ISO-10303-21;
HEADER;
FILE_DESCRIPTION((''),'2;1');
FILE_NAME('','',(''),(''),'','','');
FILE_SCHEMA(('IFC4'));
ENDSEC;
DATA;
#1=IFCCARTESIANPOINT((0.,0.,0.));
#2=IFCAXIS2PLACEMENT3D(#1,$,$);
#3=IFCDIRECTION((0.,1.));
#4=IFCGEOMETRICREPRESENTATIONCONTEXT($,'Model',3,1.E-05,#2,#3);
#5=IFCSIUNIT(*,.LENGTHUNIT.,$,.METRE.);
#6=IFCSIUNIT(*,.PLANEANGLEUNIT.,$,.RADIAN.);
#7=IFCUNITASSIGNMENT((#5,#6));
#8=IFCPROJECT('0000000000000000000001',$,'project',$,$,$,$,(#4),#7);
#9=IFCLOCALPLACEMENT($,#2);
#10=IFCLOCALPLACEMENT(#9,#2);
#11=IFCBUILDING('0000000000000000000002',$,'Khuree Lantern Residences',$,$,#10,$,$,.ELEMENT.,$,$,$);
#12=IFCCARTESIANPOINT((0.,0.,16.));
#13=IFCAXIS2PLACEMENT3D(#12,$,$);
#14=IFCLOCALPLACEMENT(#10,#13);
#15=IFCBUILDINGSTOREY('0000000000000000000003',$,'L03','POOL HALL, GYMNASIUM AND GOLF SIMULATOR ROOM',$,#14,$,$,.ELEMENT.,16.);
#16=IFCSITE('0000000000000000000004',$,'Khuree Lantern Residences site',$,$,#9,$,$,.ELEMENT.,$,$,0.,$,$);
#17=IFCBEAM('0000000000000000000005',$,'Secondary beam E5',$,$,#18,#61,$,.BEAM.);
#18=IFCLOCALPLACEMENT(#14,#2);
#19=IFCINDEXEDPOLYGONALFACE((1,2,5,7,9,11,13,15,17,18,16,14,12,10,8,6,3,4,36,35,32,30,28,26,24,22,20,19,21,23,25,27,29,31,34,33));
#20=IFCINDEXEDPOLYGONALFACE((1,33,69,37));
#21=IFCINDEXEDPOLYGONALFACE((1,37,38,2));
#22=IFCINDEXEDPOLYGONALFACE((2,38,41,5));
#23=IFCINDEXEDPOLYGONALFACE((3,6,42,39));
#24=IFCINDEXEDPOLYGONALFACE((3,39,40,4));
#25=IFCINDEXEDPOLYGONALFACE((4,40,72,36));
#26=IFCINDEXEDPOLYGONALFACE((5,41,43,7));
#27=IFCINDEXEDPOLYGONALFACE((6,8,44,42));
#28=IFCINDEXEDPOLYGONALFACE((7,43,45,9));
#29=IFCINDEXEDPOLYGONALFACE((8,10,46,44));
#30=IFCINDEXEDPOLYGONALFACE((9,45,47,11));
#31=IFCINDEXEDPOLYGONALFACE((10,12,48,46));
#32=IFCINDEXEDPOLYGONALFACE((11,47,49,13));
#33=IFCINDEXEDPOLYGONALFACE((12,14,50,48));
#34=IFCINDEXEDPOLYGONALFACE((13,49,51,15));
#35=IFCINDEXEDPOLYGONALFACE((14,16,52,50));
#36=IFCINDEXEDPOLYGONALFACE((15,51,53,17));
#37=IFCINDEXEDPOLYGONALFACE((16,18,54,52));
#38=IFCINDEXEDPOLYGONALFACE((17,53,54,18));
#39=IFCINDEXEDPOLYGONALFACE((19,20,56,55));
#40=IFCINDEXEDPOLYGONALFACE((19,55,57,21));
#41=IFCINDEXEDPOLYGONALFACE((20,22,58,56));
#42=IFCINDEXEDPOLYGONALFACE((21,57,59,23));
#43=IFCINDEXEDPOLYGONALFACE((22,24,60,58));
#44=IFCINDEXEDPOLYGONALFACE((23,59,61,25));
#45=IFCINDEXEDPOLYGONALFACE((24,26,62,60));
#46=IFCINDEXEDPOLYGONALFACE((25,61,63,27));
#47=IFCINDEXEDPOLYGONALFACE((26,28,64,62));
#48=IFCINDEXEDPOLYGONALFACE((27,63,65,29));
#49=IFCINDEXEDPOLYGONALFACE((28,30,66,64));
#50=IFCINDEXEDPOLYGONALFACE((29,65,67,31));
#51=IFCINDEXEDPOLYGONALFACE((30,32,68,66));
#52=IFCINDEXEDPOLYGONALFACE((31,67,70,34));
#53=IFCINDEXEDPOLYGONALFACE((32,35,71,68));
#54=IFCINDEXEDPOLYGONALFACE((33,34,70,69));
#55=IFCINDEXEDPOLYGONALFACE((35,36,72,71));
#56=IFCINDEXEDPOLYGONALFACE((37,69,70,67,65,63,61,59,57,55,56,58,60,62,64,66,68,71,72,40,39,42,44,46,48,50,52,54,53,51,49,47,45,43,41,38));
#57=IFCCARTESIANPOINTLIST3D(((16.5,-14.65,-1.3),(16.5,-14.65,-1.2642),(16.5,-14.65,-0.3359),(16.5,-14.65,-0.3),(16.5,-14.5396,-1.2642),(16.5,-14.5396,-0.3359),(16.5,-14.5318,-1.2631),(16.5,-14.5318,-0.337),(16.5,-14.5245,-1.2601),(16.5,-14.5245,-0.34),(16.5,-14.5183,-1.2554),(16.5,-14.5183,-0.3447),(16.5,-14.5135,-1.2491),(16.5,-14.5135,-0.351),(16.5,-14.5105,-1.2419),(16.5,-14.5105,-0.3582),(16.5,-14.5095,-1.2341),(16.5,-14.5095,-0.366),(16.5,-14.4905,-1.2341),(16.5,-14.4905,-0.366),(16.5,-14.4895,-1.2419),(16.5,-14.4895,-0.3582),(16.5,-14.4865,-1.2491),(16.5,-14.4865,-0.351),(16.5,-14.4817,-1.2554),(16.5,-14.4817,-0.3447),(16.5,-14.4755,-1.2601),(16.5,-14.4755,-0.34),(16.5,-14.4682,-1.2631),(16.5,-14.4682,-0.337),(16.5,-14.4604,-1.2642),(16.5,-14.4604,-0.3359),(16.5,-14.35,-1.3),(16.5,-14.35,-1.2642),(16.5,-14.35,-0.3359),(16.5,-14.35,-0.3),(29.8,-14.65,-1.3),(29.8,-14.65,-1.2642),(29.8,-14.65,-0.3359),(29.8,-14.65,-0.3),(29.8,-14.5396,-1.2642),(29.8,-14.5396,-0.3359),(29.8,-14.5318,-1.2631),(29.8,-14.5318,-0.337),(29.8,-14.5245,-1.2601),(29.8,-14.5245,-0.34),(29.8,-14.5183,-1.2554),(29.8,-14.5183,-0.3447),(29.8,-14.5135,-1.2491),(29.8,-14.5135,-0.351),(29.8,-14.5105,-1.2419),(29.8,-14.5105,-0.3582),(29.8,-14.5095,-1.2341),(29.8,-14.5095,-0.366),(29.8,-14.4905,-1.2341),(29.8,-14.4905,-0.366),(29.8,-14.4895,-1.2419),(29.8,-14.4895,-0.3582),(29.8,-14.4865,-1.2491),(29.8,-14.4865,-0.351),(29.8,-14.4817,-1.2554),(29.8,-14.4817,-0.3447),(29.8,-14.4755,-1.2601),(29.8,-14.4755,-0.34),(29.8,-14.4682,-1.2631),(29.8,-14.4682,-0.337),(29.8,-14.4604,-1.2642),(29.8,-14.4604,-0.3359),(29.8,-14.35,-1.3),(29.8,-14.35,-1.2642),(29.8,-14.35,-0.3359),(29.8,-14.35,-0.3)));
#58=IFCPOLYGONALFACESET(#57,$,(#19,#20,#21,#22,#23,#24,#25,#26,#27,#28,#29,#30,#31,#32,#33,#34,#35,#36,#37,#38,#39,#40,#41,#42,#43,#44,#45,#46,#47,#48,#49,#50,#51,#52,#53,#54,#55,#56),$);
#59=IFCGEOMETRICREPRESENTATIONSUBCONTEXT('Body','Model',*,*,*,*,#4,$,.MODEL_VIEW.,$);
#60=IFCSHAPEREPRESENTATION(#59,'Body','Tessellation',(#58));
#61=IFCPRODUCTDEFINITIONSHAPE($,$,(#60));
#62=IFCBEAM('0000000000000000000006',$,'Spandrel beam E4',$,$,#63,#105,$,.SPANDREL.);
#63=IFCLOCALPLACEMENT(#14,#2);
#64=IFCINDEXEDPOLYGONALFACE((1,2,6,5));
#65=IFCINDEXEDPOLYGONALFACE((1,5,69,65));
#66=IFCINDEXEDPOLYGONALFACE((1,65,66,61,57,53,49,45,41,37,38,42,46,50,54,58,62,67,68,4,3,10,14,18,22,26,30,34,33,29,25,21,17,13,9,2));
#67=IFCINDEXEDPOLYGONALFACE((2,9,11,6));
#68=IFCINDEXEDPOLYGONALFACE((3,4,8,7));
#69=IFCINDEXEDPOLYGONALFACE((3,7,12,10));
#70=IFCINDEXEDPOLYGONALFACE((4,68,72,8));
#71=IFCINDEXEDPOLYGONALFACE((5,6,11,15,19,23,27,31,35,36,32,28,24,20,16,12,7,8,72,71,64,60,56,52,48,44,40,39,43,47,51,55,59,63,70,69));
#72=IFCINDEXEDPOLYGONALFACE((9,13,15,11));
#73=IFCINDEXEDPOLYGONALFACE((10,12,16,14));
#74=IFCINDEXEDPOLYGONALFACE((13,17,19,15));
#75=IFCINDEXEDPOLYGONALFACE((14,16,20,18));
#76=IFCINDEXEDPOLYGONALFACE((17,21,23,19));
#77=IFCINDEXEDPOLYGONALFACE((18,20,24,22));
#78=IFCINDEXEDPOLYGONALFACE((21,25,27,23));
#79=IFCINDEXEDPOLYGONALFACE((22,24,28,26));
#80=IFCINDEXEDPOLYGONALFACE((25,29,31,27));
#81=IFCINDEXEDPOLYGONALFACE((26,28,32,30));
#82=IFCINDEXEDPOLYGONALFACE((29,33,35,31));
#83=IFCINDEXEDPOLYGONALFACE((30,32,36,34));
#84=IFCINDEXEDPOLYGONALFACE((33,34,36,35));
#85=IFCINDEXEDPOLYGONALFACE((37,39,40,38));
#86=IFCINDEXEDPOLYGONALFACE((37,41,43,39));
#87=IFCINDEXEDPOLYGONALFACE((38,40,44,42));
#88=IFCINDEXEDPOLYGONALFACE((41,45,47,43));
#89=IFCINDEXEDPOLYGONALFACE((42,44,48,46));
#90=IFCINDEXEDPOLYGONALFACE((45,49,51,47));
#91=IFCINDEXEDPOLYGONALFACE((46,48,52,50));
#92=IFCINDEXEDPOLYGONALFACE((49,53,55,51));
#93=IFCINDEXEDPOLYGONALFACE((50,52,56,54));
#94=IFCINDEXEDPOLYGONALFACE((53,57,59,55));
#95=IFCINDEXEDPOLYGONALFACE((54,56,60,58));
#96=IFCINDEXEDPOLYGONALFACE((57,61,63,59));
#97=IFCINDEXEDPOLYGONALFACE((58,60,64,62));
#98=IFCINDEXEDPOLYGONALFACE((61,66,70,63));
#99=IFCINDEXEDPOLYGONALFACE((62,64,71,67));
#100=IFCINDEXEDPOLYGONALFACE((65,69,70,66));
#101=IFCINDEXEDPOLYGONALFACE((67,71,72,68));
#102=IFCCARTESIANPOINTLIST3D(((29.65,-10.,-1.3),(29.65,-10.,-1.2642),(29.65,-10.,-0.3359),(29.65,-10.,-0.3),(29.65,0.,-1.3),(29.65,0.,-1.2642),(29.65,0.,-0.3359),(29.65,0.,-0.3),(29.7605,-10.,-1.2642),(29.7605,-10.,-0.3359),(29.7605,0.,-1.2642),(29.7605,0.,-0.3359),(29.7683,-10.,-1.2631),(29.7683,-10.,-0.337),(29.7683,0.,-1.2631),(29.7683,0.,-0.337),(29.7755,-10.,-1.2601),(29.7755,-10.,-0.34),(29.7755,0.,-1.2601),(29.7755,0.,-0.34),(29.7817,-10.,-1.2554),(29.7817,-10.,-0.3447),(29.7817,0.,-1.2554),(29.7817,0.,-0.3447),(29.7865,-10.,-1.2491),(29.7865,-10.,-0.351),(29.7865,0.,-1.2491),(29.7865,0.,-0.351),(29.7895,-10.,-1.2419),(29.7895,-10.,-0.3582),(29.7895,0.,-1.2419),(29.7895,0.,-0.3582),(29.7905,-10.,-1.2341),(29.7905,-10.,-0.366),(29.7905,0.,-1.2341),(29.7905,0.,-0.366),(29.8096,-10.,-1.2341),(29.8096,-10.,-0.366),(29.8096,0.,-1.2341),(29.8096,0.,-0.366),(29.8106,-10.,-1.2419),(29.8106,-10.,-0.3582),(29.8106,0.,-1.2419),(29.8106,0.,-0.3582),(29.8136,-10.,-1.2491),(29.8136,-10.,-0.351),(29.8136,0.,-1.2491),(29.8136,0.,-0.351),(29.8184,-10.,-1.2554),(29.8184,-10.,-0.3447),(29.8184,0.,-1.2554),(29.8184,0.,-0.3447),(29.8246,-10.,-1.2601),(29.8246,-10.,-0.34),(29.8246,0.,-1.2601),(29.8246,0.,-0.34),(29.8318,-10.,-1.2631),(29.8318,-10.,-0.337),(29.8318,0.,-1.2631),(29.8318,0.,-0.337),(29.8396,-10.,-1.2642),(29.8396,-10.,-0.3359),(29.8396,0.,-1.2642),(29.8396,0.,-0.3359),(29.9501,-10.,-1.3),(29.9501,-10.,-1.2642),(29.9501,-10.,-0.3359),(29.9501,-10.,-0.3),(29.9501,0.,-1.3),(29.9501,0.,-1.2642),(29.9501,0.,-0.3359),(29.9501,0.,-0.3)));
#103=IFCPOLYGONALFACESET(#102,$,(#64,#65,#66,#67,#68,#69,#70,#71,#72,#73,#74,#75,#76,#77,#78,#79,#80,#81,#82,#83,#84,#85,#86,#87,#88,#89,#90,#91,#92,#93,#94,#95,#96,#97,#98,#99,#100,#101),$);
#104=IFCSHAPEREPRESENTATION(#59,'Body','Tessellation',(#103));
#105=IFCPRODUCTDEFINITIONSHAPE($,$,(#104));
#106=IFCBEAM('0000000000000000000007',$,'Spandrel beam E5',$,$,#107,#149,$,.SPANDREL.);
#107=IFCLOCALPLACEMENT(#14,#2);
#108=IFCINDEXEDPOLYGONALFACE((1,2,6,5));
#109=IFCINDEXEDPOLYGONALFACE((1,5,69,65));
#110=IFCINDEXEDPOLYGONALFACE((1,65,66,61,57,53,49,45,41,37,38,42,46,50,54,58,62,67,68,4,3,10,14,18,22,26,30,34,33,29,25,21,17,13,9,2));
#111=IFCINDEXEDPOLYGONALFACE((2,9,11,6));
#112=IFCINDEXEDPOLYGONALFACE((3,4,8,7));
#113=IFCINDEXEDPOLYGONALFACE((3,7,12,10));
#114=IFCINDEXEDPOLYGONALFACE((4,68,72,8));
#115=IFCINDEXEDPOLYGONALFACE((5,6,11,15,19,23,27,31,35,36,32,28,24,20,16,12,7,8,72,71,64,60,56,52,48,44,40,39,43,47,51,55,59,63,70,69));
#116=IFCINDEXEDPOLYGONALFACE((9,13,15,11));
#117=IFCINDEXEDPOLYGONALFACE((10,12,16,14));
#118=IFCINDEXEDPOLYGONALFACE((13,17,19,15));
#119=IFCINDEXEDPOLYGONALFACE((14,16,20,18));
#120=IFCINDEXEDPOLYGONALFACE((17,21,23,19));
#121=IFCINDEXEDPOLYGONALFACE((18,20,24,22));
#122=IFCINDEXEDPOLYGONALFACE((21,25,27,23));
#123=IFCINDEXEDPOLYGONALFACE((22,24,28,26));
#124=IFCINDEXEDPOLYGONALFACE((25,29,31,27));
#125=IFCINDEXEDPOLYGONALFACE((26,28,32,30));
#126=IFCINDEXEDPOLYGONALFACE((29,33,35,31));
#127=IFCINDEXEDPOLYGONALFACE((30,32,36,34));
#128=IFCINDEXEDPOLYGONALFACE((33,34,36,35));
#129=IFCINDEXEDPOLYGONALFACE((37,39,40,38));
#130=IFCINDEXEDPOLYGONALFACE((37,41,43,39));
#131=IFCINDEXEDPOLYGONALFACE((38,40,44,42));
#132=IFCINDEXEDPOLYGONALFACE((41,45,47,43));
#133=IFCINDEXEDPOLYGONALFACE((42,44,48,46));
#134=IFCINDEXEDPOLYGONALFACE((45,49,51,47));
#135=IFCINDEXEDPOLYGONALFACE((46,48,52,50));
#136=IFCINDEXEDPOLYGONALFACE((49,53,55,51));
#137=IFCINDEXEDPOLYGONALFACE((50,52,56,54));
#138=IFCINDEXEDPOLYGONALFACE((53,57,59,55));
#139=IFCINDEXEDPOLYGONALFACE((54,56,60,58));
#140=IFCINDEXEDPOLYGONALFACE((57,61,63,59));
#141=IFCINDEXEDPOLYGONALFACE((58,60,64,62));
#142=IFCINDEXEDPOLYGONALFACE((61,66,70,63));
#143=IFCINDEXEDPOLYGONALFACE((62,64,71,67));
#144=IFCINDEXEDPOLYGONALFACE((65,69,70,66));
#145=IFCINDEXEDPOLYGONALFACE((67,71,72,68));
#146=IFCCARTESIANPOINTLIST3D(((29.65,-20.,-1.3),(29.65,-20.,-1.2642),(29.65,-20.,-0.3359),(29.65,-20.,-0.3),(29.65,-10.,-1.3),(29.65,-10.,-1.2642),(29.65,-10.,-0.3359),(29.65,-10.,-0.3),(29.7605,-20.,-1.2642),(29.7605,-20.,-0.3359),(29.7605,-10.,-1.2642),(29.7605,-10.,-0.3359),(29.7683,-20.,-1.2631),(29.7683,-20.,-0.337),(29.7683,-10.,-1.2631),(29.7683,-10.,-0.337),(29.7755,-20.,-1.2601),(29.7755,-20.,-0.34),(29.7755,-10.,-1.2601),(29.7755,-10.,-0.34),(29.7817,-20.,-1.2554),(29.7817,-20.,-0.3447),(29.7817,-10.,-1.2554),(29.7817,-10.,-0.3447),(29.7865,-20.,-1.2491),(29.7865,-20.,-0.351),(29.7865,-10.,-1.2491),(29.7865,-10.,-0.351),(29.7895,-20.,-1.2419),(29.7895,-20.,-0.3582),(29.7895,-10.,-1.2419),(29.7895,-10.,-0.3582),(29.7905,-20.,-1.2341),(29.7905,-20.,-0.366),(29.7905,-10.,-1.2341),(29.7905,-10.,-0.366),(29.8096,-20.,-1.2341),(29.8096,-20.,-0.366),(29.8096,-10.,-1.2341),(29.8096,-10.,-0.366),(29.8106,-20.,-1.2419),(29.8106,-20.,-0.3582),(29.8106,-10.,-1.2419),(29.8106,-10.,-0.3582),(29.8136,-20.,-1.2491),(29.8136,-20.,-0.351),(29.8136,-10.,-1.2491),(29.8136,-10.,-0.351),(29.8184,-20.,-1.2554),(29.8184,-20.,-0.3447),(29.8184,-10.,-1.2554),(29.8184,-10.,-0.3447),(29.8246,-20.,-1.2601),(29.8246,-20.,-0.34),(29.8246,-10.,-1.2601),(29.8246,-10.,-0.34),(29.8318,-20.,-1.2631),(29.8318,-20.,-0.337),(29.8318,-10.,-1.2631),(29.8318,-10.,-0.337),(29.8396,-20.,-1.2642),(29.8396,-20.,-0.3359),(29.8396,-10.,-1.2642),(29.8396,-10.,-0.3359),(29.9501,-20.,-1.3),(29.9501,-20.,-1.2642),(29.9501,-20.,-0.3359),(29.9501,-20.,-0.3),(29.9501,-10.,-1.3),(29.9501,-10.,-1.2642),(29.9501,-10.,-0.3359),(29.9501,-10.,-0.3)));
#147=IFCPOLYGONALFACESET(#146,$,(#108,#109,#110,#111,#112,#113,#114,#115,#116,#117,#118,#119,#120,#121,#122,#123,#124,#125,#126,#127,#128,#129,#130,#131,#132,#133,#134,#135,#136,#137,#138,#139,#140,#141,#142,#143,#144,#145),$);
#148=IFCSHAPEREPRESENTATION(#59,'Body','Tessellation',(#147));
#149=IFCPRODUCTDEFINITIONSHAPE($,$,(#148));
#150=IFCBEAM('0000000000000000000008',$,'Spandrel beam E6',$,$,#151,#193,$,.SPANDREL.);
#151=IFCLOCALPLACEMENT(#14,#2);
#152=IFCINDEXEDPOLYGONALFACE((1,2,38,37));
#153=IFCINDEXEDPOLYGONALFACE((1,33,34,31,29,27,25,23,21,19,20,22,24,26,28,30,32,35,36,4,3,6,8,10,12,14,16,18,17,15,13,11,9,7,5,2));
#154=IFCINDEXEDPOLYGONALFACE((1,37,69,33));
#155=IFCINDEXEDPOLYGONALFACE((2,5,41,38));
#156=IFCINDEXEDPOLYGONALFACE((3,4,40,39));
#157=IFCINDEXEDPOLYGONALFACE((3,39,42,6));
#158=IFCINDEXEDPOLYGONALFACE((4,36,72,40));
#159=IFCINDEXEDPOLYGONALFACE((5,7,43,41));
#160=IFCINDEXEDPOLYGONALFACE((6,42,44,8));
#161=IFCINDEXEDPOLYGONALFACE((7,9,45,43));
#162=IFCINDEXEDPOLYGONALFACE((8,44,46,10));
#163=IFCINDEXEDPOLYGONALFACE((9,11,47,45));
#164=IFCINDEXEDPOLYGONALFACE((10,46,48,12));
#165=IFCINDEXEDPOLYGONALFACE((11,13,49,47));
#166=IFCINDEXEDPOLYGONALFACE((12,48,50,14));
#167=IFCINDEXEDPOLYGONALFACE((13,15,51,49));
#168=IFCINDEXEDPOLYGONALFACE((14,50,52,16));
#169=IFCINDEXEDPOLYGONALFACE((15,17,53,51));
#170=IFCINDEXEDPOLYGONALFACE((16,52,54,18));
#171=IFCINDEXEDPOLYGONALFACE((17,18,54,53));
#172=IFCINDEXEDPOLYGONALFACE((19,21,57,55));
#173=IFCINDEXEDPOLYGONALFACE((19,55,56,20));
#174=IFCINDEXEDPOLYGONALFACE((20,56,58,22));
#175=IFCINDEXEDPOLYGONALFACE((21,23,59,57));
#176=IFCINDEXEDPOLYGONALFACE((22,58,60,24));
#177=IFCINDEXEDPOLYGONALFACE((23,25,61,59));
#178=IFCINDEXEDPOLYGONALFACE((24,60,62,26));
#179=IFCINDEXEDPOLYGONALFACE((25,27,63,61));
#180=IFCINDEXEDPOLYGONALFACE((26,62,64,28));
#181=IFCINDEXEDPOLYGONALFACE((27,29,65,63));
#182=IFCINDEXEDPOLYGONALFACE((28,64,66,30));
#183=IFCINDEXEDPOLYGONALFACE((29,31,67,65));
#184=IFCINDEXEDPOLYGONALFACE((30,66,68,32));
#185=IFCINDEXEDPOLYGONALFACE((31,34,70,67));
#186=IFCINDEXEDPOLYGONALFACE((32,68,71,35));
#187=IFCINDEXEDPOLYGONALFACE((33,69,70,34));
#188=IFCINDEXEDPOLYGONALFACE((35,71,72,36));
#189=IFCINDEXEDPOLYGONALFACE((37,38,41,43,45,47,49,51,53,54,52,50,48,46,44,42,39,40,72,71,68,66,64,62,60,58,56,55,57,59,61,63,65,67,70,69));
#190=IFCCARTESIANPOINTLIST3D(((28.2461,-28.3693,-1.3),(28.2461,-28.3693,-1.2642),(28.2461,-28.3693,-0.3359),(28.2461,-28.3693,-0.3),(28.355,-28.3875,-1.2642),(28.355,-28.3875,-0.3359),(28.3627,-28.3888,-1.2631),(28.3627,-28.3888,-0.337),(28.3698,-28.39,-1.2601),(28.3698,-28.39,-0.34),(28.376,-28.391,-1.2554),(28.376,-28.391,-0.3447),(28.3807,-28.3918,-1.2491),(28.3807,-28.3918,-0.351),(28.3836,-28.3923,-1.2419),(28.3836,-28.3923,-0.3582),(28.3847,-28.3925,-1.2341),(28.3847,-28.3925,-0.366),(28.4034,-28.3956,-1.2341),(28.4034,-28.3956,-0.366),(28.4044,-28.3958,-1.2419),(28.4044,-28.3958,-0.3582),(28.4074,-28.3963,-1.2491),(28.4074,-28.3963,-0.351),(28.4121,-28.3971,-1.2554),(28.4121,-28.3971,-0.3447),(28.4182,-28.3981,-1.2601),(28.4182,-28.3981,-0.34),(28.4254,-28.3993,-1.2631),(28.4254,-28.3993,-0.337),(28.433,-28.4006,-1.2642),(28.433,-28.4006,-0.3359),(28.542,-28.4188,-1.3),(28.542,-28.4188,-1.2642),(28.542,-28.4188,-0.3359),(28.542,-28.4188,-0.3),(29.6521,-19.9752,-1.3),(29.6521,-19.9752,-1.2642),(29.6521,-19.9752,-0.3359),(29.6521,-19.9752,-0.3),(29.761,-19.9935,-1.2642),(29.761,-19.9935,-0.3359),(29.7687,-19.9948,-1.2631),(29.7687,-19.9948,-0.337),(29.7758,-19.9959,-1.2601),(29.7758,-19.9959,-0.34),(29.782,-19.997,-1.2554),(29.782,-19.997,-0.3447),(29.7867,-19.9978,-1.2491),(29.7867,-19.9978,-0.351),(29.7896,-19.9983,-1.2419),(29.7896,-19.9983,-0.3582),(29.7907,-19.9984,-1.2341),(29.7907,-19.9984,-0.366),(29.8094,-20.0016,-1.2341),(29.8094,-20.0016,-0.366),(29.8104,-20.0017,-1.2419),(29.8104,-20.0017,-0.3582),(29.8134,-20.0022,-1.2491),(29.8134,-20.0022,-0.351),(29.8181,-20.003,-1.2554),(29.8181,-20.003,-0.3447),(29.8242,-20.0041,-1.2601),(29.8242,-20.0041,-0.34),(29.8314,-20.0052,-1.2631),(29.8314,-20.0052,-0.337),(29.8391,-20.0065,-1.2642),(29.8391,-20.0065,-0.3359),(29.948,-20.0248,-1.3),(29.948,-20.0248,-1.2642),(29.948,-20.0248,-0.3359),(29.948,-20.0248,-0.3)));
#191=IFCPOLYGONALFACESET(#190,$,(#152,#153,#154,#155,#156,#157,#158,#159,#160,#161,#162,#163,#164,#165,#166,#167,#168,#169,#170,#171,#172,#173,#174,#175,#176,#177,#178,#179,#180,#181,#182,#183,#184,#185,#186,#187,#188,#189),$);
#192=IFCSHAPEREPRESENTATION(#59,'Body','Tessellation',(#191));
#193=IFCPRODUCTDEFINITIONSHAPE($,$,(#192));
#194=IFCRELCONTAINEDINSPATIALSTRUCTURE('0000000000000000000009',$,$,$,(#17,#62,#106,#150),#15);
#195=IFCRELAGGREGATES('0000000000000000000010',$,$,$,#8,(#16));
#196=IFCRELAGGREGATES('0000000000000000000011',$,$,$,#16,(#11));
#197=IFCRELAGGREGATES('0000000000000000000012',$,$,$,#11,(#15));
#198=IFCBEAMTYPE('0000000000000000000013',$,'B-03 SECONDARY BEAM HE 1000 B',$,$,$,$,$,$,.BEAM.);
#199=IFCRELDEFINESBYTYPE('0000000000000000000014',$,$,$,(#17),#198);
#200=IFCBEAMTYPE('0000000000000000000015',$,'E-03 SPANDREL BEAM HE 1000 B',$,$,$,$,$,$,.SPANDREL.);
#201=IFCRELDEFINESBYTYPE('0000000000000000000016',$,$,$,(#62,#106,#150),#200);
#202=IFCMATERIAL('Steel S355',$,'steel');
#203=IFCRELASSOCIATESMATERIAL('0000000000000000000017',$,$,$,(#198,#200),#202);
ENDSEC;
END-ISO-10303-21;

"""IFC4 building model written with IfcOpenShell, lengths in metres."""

from ifc_helpers import new_model, si_unit, direction, frame, origin, origin_2d, place, context, subcontext, project, spatial, i_section, extrude, material, material_profile, profile_set, type_object, element, save


model = new_model("IFC4")

# Units and contexts
model_context = context("Model", 3, precision=1e-05, world=origin(), true_north=direction((0.0, 1.0)))
body_context = subcontext(model_context, "Body", "Model", "MODEL_VIEW")
ifc_project = project(units=[si_unit("LENGTHUNIT", "METRE"), si_unit("PLANEANGLEUNIT", "RADIAN")], contexts=[model_context])

# Site, building, storey
site_placement = place(None, origin())
site = spatial("IfcSite", under=ifc_project, at=site_placement, Name="Khuree Lantern Residences site", CompositionType="ELEMENT", RefElevation=0.0)
building_placement = place(site_placement, origin())
building = spatial("IfcBuilding", under=site, at=building_placement, Name="Khuree Lantern Residences", CompositionType="ELEMENT")
storey_placement = place(building_placement, frame((0.0, 0.0, 16.0)))
storey = spatial("IfcBuildingStorey", under=building, at=storey_placement, Name="L03", Description="POOL HALL, GYMNASIUM AND GOLF SIMULATOR ROOM", CompositionType="ELEMENT", Elevation=16.0)

# Beams
ifc_material_1 = material(Name="Steel S355", Category="steel")
ifc_material_profile_1 = material_profile(ifc_material_1, i_section(OverallWidth=0.3, OverallDepth=1.0, WebThickness=0.019, FlangeThickness=0.0359, FilletRadius=0.03, at=origin_2d()), Name="HE 1000 B")
ifc_profile_set_1 = profile_set([ifc_material_profile_1], Name="Steel S355")
beam_type_1 = type_object("IfcBeamType", Name="B-03 SECONDARY BEAM HE 1000 B", PredefinedType="BEAM", material=ifc_profile_set_1)
for number, where, z_axis, x_axis, name in (
    (1, (29.8, -14.5, -0.8), (-1.0, 0.0, 0.0), (0.0, -1.0, 0.0), "Secondary beam E5"),
):
    element("IfcBeam", number, at=place(storey_placement, frame(where, z_axis=z_axis, x_axis=x_axis)), inside=storey, type_object=beam_type_1, Name=name, PredefinedType="BEAM", context=body_context, shape_type="SweptSolid", body=[
        extrude(i_section(OverallWidth=0.3, OverallDepth=1.0, WebThickness=0.019, FlangeThickness=0.0359, FilletRadius=0.03, at=origin_2d()), origin(), (0.0, 0.0, 1.0), 13.3),
    ])
ifc_material_profile_2 = material_profile(ifc_material_1, i_section(OverallWidth=0.3, OverallDepth=1.0, WebThickness=0.019, FlangeThickness=0.0359, FilletRadius=0.03, at=origin_2d()), Name="HE 1000 B")
ifc_profile_set_2 = profile_set([ifc_material_profile_2], Name="Steel S355")
beam_type_2 = type_object("IfcBeamType", Name="E-03 SPANDREL BEAM HE 1000 B", PredefinedType="SPANDREL", material=ifc_profile_set_2)
for number, where, z_axis, x_axis, name in (
    (2, (29.8, 0.0, -0.8), (0.0, -1.0, 0.0), (1.0, 0.0, 0.0), "Spandrel beam E4"),
    (3, (29.8, -10.0, -0.8), (0.0, -1.0, 0.0), (1.0, 0.0, 0.0), "Spandrel beam E5"),
):
    element("IfcBeam", number, at=place(storey_placement, frame(where, z_axis=z_axis, x_axis=x_axis)), inside=storey, type_object=beam_type_2, Name=name, PredefinedType="SPANDREL", context=body_context, shape_type="SweptSolid", body=[
        extrude(i_section(OverallWidth=0.3, OverallDepth=1.0, WebThickness=0.019, FlangeThickness=0.0359, FilletRadius=0.03, at=origin_2d()), origin(), (0.0, 0.0, 1.0), 10.0),
    ])
beam_1_placement = place(storey_placement, frame((29.8, -20.0, -0.8), z_axis=(-0.165199, -0.98626, 0.0), x_axis=(0.98626, -0.165199, 0.0)))
element("IfcBeam", 4, at=beam_1_placement, inside=storey, type_object=beam_type_2, Name="Spandrel beam E6", PredefinedType="SPANDREL", context=body_context, shape_type="SweptSolid", body=[
    extrude(i_section(OverallWidth=0.3, OverallDepth=1.0, WebThickness=0.019, FlangeThickness=0.0359, FilletRadius=0.03, at=origin_2d()), origin(), (0.0, 0.0, 1.0), 8.511),
])

save(model, "model.ifc")
